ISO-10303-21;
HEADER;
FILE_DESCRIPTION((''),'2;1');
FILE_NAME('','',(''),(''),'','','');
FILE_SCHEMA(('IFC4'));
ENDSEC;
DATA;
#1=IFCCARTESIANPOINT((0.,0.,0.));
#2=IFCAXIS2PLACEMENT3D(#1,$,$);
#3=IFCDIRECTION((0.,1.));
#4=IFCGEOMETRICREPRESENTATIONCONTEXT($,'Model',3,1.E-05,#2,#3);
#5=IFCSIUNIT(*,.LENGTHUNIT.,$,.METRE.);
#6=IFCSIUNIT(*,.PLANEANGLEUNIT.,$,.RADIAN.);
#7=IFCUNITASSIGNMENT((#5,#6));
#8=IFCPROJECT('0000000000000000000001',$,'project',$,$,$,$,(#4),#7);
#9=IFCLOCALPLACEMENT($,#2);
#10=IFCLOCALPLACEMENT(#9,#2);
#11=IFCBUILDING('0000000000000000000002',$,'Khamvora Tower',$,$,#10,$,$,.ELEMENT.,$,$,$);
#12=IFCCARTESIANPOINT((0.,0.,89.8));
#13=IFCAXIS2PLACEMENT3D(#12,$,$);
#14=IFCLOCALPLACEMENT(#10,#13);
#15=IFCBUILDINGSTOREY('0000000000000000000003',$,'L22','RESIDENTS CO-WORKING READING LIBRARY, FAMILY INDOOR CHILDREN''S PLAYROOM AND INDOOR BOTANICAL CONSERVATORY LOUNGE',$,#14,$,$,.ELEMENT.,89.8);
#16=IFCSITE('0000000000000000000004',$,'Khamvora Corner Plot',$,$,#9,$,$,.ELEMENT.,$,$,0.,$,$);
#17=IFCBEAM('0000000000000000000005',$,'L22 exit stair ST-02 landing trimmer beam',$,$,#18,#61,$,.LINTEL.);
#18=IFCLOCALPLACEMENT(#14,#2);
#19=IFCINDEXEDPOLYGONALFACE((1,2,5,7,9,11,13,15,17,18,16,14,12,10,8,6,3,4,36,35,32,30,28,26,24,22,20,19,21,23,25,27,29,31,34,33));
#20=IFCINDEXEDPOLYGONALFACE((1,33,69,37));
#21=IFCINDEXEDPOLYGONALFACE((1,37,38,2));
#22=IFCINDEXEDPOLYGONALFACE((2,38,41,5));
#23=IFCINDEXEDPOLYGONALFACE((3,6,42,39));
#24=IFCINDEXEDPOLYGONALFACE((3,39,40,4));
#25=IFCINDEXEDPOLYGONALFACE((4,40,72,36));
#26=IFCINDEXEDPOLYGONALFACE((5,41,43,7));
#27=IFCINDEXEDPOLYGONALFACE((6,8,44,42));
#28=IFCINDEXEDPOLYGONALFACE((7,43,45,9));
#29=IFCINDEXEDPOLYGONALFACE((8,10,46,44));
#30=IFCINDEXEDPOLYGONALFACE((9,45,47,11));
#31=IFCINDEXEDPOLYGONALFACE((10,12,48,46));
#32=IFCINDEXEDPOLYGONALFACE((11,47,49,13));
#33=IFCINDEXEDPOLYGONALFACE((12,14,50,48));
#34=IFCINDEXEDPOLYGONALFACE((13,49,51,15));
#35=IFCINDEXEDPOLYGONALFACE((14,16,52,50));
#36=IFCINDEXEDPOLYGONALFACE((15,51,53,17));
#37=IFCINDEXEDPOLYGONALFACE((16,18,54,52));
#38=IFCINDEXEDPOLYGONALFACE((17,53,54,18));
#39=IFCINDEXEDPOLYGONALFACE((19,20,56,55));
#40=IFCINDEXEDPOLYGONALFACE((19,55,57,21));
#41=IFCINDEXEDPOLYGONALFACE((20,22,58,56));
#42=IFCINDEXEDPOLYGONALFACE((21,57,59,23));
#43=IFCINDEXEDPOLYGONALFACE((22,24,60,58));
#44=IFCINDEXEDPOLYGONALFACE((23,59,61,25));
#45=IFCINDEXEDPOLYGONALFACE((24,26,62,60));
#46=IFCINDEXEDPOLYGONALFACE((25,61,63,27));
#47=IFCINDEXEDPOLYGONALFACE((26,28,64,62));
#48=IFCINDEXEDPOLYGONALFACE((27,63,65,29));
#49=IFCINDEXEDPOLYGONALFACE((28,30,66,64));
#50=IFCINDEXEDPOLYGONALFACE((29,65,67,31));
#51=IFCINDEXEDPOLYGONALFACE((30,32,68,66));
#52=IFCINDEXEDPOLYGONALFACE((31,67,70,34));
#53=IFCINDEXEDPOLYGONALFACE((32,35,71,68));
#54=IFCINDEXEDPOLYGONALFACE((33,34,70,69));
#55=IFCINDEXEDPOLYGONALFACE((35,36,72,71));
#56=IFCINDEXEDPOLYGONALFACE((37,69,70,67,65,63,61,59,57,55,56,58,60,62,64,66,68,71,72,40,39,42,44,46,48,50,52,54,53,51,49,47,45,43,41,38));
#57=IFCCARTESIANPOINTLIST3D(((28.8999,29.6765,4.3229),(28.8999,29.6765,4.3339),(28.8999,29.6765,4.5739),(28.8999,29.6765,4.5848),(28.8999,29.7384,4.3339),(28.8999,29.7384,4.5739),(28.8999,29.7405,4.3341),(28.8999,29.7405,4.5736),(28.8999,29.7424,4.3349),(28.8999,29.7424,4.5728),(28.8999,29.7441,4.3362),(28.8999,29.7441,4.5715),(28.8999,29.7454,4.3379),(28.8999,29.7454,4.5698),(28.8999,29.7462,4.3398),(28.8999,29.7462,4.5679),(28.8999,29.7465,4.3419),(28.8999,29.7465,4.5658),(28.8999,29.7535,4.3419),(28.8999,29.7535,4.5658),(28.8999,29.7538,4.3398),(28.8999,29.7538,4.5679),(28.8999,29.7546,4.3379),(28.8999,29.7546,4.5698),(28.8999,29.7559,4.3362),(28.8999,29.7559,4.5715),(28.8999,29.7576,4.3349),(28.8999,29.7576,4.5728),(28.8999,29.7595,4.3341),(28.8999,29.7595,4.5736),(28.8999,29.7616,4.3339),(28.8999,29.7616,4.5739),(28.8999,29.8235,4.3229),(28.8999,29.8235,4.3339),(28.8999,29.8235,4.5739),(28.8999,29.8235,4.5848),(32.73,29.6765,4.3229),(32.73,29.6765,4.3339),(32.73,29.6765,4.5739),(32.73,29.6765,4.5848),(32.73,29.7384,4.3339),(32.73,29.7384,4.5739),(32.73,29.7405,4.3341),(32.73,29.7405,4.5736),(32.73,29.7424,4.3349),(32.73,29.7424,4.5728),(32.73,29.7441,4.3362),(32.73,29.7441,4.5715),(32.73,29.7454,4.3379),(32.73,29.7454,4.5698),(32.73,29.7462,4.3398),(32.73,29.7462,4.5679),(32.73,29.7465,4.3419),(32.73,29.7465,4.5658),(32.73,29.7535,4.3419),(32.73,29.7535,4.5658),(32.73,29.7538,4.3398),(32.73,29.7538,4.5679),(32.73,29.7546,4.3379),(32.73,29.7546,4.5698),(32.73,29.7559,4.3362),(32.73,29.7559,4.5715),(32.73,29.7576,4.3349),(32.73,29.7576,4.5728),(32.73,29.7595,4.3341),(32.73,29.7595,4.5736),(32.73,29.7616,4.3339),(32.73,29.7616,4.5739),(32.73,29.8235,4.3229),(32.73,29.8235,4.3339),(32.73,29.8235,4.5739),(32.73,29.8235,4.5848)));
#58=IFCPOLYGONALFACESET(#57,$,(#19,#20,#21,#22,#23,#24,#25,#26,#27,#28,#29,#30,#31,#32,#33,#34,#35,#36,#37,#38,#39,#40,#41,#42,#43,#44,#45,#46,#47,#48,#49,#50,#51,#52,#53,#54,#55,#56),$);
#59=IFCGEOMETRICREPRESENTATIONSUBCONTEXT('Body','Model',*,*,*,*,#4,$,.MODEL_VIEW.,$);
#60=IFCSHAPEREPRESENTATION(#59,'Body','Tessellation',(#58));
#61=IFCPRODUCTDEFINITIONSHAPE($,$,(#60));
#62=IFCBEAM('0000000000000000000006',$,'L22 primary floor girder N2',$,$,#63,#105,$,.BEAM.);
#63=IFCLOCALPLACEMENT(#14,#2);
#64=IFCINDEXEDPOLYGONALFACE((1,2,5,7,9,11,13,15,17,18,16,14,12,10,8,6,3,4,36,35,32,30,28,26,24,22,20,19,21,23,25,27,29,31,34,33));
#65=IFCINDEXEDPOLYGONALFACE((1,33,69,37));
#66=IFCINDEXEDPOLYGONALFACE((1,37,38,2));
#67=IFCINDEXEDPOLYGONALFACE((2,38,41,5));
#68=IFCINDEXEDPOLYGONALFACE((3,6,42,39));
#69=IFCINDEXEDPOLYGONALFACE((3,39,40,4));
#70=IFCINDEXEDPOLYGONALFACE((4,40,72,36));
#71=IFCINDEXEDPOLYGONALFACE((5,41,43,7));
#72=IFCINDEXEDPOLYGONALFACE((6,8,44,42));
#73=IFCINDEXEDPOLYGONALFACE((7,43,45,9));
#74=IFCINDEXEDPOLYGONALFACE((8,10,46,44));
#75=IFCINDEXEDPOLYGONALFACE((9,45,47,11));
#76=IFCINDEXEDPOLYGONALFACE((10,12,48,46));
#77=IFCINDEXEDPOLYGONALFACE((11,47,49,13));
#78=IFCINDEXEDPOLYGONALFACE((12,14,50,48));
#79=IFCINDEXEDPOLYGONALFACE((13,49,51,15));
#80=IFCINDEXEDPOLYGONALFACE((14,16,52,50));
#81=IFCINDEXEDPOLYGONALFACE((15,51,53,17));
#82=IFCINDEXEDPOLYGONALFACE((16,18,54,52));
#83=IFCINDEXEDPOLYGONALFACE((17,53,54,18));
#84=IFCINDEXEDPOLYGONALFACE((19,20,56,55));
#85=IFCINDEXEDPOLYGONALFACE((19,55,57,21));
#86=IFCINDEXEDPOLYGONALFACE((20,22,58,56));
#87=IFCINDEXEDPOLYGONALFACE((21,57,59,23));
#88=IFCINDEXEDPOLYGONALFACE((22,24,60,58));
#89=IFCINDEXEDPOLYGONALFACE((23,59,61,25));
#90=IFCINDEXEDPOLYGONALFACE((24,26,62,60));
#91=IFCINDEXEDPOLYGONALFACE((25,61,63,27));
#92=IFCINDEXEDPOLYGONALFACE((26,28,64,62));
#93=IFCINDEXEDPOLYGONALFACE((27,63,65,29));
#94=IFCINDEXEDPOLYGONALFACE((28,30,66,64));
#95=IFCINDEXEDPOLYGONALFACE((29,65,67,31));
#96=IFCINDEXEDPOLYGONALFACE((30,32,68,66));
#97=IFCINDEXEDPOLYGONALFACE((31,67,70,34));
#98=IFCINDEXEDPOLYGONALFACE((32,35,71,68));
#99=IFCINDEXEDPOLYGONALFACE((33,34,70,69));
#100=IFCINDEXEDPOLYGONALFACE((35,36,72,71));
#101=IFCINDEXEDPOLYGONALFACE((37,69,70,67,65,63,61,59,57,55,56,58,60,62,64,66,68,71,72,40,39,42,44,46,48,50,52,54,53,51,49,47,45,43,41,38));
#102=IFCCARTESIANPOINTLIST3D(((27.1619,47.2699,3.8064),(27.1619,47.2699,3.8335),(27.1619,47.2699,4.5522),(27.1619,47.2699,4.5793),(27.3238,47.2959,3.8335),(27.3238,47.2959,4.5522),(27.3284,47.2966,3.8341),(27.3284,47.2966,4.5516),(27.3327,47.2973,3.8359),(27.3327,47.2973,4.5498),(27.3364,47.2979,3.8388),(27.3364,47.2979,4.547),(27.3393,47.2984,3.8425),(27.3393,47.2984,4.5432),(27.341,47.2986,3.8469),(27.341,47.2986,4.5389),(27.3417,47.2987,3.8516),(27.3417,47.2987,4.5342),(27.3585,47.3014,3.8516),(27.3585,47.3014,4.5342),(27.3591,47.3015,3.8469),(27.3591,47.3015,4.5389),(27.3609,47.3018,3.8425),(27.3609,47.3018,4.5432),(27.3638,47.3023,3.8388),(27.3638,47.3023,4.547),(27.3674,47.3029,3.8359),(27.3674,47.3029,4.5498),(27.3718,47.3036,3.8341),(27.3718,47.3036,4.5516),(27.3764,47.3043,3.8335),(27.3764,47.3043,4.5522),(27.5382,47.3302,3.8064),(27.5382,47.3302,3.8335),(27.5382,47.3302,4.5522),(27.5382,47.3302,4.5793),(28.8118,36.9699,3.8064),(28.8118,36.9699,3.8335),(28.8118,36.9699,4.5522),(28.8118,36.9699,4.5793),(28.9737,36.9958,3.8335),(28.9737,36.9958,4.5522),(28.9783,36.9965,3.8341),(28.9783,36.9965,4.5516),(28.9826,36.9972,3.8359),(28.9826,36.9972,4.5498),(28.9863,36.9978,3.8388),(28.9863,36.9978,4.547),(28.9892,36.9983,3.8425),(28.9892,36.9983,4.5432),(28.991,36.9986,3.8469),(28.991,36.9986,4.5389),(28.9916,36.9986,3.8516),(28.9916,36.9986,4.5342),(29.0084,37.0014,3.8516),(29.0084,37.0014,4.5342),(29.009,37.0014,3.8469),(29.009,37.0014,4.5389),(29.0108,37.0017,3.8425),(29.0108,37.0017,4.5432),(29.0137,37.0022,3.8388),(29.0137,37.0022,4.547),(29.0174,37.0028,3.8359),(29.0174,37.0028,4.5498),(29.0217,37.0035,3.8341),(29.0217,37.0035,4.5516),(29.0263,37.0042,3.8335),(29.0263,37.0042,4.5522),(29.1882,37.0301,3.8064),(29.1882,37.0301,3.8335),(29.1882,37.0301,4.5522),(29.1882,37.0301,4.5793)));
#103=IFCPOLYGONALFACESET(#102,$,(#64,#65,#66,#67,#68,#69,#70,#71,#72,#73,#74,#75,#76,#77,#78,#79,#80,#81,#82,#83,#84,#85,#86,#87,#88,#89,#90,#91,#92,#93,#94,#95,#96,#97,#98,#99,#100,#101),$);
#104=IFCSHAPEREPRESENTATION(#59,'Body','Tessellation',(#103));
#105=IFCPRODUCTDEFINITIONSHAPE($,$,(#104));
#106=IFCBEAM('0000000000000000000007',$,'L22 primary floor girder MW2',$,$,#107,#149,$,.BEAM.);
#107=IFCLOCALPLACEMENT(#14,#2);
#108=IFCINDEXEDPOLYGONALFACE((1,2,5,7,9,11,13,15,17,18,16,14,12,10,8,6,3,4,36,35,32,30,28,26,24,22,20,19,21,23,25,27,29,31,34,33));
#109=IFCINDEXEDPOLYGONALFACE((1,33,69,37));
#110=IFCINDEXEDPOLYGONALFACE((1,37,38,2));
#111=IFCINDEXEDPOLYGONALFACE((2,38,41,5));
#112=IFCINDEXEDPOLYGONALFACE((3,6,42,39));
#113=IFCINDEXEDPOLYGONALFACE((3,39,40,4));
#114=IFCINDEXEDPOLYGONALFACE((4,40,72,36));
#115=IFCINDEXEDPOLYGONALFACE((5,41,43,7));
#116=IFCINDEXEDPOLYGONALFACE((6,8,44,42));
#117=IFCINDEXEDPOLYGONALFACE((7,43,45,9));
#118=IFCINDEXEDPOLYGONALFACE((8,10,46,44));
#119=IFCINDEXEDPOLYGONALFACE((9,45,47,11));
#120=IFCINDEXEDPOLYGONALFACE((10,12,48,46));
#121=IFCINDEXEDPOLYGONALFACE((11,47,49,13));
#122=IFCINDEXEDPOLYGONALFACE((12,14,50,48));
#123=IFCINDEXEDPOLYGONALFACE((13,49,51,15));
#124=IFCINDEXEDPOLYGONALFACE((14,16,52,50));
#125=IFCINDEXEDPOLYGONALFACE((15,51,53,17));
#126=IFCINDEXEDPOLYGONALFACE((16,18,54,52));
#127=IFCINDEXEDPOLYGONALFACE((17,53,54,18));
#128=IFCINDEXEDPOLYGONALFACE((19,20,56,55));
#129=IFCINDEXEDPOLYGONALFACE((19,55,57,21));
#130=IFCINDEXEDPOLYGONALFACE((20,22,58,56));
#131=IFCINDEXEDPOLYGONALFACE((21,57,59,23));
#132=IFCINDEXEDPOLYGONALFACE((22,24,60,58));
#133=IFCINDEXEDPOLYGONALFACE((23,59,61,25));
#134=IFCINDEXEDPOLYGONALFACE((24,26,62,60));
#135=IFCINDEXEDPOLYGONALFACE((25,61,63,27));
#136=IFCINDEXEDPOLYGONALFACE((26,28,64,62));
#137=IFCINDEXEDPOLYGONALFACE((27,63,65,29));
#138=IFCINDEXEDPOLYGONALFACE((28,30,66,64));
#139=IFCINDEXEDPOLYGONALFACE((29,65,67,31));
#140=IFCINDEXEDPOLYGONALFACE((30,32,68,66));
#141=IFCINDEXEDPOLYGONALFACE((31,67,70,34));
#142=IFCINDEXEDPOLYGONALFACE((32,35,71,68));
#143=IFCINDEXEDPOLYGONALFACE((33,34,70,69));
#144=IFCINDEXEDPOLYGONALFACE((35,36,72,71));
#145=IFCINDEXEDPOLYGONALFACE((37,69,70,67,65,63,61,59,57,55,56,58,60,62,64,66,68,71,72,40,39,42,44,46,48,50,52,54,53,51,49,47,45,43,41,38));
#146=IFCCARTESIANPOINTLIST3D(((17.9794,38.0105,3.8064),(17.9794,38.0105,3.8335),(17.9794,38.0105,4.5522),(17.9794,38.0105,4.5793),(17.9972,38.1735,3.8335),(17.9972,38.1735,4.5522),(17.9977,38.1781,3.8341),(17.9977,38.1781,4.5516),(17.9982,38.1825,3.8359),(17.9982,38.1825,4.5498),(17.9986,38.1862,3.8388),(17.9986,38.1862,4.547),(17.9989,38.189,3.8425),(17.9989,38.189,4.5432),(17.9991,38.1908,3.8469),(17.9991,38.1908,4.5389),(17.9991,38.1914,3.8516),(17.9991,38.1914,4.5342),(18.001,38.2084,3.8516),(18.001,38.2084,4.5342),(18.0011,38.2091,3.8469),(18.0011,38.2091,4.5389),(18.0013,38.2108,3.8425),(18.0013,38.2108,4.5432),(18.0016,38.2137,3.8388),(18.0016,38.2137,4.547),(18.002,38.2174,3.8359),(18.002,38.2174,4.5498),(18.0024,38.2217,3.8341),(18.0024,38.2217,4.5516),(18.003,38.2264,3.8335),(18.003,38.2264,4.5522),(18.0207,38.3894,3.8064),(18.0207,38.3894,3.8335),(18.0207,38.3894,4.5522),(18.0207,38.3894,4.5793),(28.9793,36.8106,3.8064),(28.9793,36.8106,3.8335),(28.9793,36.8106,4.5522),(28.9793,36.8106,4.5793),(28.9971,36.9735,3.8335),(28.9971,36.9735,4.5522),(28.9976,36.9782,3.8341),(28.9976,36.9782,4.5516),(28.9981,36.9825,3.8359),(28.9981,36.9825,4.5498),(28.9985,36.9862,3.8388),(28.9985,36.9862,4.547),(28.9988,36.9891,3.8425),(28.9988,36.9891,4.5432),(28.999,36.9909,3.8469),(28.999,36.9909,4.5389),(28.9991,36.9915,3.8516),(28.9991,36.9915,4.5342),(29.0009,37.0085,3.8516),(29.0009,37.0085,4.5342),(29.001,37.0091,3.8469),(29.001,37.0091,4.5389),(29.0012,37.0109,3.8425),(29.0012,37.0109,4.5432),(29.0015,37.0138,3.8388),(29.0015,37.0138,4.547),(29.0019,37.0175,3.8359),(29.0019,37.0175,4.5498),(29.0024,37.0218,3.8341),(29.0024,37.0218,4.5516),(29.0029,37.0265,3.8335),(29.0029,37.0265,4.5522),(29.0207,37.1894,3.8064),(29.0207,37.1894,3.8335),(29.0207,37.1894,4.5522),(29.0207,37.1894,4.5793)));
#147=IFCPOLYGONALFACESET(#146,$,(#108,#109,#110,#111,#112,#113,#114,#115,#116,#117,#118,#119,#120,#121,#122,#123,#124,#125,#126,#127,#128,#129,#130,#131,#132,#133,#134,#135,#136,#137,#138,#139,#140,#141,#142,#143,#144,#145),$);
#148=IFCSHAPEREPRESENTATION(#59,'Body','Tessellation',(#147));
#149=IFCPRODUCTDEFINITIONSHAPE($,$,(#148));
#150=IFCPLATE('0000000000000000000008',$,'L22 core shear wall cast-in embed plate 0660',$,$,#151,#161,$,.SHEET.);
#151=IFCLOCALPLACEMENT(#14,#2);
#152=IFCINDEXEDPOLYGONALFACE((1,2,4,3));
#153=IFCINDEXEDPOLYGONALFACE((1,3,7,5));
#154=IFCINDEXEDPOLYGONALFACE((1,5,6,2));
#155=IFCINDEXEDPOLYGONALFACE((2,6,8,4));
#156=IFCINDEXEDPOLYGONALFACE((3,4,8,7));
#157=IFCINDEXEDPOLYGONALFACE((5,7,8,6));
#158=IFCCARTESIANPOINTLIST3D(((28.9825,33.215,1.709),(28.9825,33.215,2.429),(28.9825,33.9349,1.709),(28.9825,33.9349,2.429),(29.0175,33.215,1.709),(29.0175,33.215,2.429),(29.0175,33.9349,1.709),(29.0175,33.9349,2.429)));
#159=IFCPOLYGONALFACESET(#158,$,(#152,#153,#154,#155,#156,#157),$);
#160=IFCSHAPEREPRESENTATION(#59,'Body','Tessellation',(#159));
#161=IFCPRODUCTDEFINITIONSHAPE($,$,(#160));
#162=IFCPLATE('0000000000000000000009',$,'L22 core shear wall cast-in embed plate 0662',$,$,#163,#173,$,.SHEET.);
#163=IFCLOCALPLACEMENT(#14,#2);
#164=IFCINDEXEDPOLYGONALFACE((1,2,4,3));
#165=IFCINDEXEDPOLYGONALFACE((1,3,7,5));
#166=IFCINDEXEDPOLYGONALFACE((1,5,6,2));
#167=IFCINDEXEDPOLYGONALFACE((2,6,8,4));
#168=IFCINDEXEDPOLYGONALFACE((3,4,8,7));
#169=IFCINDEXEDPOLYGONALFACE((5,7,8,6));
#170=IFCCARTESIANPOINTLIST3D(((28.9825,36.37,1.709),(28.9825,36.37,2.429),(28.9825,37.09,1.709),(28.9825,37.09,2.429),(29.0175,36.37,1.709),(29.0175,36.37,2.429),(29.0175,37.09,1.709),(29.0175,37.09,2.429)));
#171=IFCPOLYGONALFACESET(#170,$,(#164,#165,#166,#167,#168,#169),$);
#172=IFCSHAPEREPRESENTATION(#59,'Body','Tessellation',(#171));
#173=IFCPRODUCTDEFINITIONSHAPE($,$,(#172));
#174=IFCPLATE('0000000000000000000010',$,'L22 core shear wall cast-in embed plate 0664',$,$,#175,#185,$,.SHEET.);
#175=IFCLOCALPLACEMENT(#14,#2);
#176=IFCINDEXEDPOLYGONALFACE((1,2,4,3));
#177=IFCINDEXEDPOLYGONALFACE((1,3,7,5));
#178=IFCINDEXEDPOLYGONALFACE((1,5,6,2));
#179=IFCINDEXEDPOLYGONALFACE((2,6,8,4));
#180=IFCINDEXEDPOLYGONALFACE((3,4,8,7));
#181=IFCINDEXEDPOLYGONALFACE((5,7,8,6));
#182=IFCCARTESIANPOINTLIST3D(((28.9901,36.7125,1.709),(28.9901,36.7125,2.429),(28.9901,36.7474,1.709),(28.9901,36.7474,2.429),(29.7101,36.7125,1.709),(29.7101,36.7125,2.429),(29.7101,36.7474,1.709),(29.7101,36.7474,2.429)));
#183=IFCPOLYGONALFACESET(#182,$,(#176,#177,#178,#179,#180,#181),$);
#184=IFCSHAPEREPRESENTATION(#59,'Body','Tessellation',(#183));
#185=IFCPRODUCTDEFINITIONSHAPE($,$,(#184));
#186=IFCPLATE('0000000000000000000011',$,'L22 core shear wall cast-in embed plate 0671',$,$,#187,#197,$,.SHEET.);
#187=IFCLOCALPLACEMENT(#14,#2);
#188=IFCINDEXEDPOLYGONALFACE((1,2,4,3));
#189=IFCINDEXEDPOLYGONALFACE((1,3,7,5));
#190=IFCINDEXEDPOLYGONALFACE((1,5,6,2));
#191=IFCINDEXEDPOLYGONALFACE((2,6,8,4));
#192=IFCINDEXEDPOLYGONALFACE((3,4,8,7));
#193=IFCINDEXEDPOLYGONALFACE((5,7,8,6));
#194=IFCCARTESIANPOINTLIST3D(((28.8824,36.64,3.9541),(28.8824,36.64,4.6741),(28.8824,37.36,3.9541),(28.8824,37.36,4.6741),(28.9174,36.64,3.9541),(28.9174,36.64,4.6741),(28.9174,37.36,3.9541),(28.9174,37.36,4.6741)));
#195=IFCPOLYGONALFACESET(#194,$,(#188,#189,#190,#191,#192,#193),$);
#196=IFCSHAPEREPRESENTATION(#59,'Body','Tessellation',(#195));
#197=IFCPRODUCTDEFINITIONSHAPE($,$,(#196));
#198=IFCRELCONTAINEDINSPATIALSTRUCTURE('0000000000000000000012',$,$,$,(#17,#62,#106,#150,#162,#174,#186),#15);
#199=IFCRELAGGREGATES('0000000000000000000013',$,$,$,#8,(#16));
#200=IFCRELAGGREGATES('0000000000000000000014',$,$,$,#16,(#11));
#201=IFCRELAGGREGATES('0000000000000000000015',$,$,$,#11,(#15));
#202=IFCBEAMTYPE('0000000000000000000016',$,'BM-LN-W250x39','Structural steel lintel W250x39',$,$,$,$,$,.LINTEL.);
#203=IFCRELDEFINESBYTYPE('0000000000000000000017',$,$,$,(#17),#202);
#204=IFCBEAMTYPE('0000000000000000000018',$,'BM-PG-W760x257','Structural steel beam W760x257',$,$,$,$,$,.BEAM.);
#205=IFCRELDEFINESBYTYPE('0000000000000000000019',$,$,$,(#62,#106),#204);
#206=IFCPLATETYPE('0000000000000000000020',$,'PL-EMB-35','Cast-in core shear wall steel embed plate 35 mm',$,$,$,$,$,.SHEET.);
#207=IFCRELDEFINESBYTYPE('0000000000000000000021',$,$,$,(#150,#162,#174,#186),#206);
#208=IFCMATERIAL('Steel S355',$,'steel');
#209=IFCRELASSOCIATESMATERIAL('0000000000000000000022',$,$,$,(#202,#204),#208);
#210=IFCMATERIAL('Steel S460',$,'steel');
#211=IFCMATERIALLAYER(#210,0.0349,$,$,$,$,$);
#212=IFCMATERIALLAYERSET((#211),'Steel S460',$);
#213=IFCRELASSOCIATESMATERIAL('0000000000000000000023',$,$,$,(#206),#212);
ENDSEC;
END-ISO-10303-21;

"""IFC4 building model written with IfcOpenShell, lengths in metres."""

from ifc_helpers import new_model, si_unit, direction, frame, origin, origin_2d, place, context, subcontext, project, spatial, rectangle, i_section, extrude, material, layer, layer_set, material_profile, profile_set, type_object, element, save


model = new_model("IFC4")

# Units and contexts
model_context = context("Model", 3, precision=1e-05, world=origin(), true_north=direction((0.0, 1.0)))
body_context = subcontext(model_context, "Body", "Model", "MODEL_VIEW")
ifc_project = project(units=[si_unit("LENGTHUNIT", "METRE"), si_unit("PLANEANGLEUNIT", "RADIAN")], contexts=[model_context])

# Site, building, storey
site_placement = place(None, origin())
site = spatial("IfcSite", under=ifc_project, at=site_placement, Name="Khamvora Corner Plot", CompositionType="ELEMENT", RefElevation=0.0)
building_placement = place(site_placement, origin())
building = spatial("IfcBuilding", under=site, at=building_placement, Name="Khamvora Tower", CompositionType="ELEMENT")
storey_placement = place(building_placement, frame((0.0, 0.0, 89.8)))
storey = spatial("IfcBuildingStorey", under=building, at=storey_placement, Name="L22", Description="RESIDENTS CO-WORKING READING LIBRARY, FAMILY INDOOR CHILDREN'S PLAYROOM AND INDOOR BOTANICAL CONSERVATORY LOUNGE", CompositionType="ELEMENT", Elevation=89.8)

# Shared definitions
ifc_material_1 = material(Name="Steel S460", Category="steel")

# Beams
ifc_material_2 = material(Name="Steel S355", Category="steel")
ifc_material_profile_1 = material_profile(ifc_material_2, i_section(OverallWidth=0.147, OverallDepth=0.262, WebThickness=0.0071, FlangeThickness=0.011, FilletRadius=0.0081, at=origin_2d()), Name="W250x39")
ifc_profile_set_1 = profile_set([ifc_material_profile_1], Name="Steel S355")
beam_type_1 = type_object("IfcBeamType", Name="BM-LN-W250x39", Description="Structural steel lintel W250x39", PredefinedType="LINTEL", material=ifc_profile_set_1)
beam_1_placement = place(storey_placement, frame((28.8999, 29.75, 4.4539), z_axis=(1.0, 0.0, 0.0), x_axis=(0.0, 1.0, 0.0)))
element("IfcBeam", 1, at=beam_1_placement, inside=storey, type_object=beam_type_1, Name="L22 exit stair ST-02 landing trimmer beam", PredefinedType="LINTEL", context=body_context, shape_type="SweptSolid", body=[
    extrude(i_section(OverallWidth=0.147, OverallDepth=0.262, WebThickness=0.0071, FlangeThickness=0.011, FilletRadius=0.0081, at=origin_2d()), origin(), (0.0, 0.0, 1.0), 3.8301),
])
ifc_material_profile_2 = material_profile(ifc_material_2, i_section(OverallWidth=0.3811, OverallDepth=0.7729, WebThickness=0.0171, FlangeThickness=0.0271, FilletRadius=0.0181, at=origin_2d()), Name="W760x257")
ifc_profile_set_2 = profile_set([ifc_material_profile_2], Name="Steel S355")
beam_type_2 = type_object("IfcBeamType", Name="BM-PG-W760x257", Description="Structural steel beam W760x257", PredefinedType="BEAM", material=ifc_profile_set_2)
beam_2_placement = place(storey_placement, frame((29.0, 37.0, 4.1929), z_axis=(-0.158168, 0.987412, 0.0), x_axis=(-0.987412, -0.158168, 0.0)))
element("IfcBeam", 2, at=beam_2_placement, inside=storey, type_object=beam_type_2, Name="L22 primary floor girder N2", PredefinedType="BEAM", context=body_context, shape_type="SweptSolid", body=[
    extrude(i_section(OverallWidth=0.3811, OverallDepth=0.7729, WebThickness=0.0171, FlangeThickness=0.0271, FilletRadius=0.0181, at=origin_2d()), origin(), (0.0, 0.0, 1.0), 10.4314),
])
beam_3_placement = place(storey_placement, frame((29.0, 37.0, 4.1929), z_axis=(-0.994103, 0.108443, 0.0), x_axis=(-0.108443, -0.994103, 0.0)))
element("IfcBeam", 3, at=beam_3_placement, inside=storey, type_object=beam_type_2, Name="L22 primary floor girder MW2", PredefinedType="BEAM", context=body_context, shape_type="SweptSolid", body=[
    extrude(i_section(OverallWidth=0.3811, OverallDepth=0.7729, WebThickness=0.0171, FlangeThickness=0.0271, FilletRadius=0.0181, at=origin_2d()), origin(), (0.0, 0.0, 1.0), 11.0652),
])

# Plates
ifc_layer = layer(ifc_material_1, 0.0349)
ifc_layer_set = layer_set([ifc_layer], Name="Steel S460")
plate_type = type_object("IfcPlateType", Name="PL-EMB-35", Description="Cast-in core shear wall steel embed plate 35 mm", PredefinedType="SHEET", material=ifc_layer_set)
for number, where, z_axis, x_axis, name in (
    (4, (29.0, 33.575, 1.709), (0.0, 0.0, 1.0), (1.0, 0.0, 0.0), "L22 core shear wall cast-in embed plate 0660"),
    (5, (29.0, 36.73, 1.709), (0.0, 0.0, 1.0), (1.0, 0.0, 0.0), "L22 core shear wall cast-in embed plate 0662"),
):
    element("IfcPlate", number, at=place(storey_placement, frame(where, z_axis=z_axis, x_axis=x_axis)), inside=storey, type_object=plate_type, Name=name, PredefinedType="SHEET", context=body_context, shape_type="SweptSolid", body=[
        extrude(rectangle(XDim=0.0349, YDim=0.72, at=origin_2d()), origin(), (0.0, 0.0, 1.0), 0.72),
    ])
plate_placement = place(storey_placement, frame((29.3501, 36.73, 1.709), z_axis=(0.0, 0.0, 1.0), x_axis=(1.0, 0.0, 0.0)))
element("IfcPlate", 6, at=plate_placement, inside=storey, type_object=plate_type, Name="L22 core shear wall cast-in embed plate 0664", PredefinedType="SHEET", context=body_context, shape_type="SweptSolid", body=[
    extrude(rectangle(XDim=0.72, YDim=0.0349, at=origin_2d()), origin(), (0.0, 0.0, 1.0), 0.72),
])
for number, where, z_axis, x_axis, name in (
    (7, (28.8999, 37.0, 3.9541), (0.0, 0.0, 1.0), (1.0, 0.0, 0.0), "L22 core shear wall cast-in embed plate 0671"),
):
    element("IfcPlate", number, at=place(storey_placement, frame(where, z_axis=z_axis, x_axis=x_axis)), inside=storey, type_object=plate_type, Name=name, PredefinedType="SHEET", context=body_context, shape_type="SweptSolid", body=[
        extrude(rectangle(XDim=0.0349, YDim=0.72, at=origin_2d()), origin(), (0.0, 0.0, 1.0), 0.72),
    ])

save(model, "model.ifc")
